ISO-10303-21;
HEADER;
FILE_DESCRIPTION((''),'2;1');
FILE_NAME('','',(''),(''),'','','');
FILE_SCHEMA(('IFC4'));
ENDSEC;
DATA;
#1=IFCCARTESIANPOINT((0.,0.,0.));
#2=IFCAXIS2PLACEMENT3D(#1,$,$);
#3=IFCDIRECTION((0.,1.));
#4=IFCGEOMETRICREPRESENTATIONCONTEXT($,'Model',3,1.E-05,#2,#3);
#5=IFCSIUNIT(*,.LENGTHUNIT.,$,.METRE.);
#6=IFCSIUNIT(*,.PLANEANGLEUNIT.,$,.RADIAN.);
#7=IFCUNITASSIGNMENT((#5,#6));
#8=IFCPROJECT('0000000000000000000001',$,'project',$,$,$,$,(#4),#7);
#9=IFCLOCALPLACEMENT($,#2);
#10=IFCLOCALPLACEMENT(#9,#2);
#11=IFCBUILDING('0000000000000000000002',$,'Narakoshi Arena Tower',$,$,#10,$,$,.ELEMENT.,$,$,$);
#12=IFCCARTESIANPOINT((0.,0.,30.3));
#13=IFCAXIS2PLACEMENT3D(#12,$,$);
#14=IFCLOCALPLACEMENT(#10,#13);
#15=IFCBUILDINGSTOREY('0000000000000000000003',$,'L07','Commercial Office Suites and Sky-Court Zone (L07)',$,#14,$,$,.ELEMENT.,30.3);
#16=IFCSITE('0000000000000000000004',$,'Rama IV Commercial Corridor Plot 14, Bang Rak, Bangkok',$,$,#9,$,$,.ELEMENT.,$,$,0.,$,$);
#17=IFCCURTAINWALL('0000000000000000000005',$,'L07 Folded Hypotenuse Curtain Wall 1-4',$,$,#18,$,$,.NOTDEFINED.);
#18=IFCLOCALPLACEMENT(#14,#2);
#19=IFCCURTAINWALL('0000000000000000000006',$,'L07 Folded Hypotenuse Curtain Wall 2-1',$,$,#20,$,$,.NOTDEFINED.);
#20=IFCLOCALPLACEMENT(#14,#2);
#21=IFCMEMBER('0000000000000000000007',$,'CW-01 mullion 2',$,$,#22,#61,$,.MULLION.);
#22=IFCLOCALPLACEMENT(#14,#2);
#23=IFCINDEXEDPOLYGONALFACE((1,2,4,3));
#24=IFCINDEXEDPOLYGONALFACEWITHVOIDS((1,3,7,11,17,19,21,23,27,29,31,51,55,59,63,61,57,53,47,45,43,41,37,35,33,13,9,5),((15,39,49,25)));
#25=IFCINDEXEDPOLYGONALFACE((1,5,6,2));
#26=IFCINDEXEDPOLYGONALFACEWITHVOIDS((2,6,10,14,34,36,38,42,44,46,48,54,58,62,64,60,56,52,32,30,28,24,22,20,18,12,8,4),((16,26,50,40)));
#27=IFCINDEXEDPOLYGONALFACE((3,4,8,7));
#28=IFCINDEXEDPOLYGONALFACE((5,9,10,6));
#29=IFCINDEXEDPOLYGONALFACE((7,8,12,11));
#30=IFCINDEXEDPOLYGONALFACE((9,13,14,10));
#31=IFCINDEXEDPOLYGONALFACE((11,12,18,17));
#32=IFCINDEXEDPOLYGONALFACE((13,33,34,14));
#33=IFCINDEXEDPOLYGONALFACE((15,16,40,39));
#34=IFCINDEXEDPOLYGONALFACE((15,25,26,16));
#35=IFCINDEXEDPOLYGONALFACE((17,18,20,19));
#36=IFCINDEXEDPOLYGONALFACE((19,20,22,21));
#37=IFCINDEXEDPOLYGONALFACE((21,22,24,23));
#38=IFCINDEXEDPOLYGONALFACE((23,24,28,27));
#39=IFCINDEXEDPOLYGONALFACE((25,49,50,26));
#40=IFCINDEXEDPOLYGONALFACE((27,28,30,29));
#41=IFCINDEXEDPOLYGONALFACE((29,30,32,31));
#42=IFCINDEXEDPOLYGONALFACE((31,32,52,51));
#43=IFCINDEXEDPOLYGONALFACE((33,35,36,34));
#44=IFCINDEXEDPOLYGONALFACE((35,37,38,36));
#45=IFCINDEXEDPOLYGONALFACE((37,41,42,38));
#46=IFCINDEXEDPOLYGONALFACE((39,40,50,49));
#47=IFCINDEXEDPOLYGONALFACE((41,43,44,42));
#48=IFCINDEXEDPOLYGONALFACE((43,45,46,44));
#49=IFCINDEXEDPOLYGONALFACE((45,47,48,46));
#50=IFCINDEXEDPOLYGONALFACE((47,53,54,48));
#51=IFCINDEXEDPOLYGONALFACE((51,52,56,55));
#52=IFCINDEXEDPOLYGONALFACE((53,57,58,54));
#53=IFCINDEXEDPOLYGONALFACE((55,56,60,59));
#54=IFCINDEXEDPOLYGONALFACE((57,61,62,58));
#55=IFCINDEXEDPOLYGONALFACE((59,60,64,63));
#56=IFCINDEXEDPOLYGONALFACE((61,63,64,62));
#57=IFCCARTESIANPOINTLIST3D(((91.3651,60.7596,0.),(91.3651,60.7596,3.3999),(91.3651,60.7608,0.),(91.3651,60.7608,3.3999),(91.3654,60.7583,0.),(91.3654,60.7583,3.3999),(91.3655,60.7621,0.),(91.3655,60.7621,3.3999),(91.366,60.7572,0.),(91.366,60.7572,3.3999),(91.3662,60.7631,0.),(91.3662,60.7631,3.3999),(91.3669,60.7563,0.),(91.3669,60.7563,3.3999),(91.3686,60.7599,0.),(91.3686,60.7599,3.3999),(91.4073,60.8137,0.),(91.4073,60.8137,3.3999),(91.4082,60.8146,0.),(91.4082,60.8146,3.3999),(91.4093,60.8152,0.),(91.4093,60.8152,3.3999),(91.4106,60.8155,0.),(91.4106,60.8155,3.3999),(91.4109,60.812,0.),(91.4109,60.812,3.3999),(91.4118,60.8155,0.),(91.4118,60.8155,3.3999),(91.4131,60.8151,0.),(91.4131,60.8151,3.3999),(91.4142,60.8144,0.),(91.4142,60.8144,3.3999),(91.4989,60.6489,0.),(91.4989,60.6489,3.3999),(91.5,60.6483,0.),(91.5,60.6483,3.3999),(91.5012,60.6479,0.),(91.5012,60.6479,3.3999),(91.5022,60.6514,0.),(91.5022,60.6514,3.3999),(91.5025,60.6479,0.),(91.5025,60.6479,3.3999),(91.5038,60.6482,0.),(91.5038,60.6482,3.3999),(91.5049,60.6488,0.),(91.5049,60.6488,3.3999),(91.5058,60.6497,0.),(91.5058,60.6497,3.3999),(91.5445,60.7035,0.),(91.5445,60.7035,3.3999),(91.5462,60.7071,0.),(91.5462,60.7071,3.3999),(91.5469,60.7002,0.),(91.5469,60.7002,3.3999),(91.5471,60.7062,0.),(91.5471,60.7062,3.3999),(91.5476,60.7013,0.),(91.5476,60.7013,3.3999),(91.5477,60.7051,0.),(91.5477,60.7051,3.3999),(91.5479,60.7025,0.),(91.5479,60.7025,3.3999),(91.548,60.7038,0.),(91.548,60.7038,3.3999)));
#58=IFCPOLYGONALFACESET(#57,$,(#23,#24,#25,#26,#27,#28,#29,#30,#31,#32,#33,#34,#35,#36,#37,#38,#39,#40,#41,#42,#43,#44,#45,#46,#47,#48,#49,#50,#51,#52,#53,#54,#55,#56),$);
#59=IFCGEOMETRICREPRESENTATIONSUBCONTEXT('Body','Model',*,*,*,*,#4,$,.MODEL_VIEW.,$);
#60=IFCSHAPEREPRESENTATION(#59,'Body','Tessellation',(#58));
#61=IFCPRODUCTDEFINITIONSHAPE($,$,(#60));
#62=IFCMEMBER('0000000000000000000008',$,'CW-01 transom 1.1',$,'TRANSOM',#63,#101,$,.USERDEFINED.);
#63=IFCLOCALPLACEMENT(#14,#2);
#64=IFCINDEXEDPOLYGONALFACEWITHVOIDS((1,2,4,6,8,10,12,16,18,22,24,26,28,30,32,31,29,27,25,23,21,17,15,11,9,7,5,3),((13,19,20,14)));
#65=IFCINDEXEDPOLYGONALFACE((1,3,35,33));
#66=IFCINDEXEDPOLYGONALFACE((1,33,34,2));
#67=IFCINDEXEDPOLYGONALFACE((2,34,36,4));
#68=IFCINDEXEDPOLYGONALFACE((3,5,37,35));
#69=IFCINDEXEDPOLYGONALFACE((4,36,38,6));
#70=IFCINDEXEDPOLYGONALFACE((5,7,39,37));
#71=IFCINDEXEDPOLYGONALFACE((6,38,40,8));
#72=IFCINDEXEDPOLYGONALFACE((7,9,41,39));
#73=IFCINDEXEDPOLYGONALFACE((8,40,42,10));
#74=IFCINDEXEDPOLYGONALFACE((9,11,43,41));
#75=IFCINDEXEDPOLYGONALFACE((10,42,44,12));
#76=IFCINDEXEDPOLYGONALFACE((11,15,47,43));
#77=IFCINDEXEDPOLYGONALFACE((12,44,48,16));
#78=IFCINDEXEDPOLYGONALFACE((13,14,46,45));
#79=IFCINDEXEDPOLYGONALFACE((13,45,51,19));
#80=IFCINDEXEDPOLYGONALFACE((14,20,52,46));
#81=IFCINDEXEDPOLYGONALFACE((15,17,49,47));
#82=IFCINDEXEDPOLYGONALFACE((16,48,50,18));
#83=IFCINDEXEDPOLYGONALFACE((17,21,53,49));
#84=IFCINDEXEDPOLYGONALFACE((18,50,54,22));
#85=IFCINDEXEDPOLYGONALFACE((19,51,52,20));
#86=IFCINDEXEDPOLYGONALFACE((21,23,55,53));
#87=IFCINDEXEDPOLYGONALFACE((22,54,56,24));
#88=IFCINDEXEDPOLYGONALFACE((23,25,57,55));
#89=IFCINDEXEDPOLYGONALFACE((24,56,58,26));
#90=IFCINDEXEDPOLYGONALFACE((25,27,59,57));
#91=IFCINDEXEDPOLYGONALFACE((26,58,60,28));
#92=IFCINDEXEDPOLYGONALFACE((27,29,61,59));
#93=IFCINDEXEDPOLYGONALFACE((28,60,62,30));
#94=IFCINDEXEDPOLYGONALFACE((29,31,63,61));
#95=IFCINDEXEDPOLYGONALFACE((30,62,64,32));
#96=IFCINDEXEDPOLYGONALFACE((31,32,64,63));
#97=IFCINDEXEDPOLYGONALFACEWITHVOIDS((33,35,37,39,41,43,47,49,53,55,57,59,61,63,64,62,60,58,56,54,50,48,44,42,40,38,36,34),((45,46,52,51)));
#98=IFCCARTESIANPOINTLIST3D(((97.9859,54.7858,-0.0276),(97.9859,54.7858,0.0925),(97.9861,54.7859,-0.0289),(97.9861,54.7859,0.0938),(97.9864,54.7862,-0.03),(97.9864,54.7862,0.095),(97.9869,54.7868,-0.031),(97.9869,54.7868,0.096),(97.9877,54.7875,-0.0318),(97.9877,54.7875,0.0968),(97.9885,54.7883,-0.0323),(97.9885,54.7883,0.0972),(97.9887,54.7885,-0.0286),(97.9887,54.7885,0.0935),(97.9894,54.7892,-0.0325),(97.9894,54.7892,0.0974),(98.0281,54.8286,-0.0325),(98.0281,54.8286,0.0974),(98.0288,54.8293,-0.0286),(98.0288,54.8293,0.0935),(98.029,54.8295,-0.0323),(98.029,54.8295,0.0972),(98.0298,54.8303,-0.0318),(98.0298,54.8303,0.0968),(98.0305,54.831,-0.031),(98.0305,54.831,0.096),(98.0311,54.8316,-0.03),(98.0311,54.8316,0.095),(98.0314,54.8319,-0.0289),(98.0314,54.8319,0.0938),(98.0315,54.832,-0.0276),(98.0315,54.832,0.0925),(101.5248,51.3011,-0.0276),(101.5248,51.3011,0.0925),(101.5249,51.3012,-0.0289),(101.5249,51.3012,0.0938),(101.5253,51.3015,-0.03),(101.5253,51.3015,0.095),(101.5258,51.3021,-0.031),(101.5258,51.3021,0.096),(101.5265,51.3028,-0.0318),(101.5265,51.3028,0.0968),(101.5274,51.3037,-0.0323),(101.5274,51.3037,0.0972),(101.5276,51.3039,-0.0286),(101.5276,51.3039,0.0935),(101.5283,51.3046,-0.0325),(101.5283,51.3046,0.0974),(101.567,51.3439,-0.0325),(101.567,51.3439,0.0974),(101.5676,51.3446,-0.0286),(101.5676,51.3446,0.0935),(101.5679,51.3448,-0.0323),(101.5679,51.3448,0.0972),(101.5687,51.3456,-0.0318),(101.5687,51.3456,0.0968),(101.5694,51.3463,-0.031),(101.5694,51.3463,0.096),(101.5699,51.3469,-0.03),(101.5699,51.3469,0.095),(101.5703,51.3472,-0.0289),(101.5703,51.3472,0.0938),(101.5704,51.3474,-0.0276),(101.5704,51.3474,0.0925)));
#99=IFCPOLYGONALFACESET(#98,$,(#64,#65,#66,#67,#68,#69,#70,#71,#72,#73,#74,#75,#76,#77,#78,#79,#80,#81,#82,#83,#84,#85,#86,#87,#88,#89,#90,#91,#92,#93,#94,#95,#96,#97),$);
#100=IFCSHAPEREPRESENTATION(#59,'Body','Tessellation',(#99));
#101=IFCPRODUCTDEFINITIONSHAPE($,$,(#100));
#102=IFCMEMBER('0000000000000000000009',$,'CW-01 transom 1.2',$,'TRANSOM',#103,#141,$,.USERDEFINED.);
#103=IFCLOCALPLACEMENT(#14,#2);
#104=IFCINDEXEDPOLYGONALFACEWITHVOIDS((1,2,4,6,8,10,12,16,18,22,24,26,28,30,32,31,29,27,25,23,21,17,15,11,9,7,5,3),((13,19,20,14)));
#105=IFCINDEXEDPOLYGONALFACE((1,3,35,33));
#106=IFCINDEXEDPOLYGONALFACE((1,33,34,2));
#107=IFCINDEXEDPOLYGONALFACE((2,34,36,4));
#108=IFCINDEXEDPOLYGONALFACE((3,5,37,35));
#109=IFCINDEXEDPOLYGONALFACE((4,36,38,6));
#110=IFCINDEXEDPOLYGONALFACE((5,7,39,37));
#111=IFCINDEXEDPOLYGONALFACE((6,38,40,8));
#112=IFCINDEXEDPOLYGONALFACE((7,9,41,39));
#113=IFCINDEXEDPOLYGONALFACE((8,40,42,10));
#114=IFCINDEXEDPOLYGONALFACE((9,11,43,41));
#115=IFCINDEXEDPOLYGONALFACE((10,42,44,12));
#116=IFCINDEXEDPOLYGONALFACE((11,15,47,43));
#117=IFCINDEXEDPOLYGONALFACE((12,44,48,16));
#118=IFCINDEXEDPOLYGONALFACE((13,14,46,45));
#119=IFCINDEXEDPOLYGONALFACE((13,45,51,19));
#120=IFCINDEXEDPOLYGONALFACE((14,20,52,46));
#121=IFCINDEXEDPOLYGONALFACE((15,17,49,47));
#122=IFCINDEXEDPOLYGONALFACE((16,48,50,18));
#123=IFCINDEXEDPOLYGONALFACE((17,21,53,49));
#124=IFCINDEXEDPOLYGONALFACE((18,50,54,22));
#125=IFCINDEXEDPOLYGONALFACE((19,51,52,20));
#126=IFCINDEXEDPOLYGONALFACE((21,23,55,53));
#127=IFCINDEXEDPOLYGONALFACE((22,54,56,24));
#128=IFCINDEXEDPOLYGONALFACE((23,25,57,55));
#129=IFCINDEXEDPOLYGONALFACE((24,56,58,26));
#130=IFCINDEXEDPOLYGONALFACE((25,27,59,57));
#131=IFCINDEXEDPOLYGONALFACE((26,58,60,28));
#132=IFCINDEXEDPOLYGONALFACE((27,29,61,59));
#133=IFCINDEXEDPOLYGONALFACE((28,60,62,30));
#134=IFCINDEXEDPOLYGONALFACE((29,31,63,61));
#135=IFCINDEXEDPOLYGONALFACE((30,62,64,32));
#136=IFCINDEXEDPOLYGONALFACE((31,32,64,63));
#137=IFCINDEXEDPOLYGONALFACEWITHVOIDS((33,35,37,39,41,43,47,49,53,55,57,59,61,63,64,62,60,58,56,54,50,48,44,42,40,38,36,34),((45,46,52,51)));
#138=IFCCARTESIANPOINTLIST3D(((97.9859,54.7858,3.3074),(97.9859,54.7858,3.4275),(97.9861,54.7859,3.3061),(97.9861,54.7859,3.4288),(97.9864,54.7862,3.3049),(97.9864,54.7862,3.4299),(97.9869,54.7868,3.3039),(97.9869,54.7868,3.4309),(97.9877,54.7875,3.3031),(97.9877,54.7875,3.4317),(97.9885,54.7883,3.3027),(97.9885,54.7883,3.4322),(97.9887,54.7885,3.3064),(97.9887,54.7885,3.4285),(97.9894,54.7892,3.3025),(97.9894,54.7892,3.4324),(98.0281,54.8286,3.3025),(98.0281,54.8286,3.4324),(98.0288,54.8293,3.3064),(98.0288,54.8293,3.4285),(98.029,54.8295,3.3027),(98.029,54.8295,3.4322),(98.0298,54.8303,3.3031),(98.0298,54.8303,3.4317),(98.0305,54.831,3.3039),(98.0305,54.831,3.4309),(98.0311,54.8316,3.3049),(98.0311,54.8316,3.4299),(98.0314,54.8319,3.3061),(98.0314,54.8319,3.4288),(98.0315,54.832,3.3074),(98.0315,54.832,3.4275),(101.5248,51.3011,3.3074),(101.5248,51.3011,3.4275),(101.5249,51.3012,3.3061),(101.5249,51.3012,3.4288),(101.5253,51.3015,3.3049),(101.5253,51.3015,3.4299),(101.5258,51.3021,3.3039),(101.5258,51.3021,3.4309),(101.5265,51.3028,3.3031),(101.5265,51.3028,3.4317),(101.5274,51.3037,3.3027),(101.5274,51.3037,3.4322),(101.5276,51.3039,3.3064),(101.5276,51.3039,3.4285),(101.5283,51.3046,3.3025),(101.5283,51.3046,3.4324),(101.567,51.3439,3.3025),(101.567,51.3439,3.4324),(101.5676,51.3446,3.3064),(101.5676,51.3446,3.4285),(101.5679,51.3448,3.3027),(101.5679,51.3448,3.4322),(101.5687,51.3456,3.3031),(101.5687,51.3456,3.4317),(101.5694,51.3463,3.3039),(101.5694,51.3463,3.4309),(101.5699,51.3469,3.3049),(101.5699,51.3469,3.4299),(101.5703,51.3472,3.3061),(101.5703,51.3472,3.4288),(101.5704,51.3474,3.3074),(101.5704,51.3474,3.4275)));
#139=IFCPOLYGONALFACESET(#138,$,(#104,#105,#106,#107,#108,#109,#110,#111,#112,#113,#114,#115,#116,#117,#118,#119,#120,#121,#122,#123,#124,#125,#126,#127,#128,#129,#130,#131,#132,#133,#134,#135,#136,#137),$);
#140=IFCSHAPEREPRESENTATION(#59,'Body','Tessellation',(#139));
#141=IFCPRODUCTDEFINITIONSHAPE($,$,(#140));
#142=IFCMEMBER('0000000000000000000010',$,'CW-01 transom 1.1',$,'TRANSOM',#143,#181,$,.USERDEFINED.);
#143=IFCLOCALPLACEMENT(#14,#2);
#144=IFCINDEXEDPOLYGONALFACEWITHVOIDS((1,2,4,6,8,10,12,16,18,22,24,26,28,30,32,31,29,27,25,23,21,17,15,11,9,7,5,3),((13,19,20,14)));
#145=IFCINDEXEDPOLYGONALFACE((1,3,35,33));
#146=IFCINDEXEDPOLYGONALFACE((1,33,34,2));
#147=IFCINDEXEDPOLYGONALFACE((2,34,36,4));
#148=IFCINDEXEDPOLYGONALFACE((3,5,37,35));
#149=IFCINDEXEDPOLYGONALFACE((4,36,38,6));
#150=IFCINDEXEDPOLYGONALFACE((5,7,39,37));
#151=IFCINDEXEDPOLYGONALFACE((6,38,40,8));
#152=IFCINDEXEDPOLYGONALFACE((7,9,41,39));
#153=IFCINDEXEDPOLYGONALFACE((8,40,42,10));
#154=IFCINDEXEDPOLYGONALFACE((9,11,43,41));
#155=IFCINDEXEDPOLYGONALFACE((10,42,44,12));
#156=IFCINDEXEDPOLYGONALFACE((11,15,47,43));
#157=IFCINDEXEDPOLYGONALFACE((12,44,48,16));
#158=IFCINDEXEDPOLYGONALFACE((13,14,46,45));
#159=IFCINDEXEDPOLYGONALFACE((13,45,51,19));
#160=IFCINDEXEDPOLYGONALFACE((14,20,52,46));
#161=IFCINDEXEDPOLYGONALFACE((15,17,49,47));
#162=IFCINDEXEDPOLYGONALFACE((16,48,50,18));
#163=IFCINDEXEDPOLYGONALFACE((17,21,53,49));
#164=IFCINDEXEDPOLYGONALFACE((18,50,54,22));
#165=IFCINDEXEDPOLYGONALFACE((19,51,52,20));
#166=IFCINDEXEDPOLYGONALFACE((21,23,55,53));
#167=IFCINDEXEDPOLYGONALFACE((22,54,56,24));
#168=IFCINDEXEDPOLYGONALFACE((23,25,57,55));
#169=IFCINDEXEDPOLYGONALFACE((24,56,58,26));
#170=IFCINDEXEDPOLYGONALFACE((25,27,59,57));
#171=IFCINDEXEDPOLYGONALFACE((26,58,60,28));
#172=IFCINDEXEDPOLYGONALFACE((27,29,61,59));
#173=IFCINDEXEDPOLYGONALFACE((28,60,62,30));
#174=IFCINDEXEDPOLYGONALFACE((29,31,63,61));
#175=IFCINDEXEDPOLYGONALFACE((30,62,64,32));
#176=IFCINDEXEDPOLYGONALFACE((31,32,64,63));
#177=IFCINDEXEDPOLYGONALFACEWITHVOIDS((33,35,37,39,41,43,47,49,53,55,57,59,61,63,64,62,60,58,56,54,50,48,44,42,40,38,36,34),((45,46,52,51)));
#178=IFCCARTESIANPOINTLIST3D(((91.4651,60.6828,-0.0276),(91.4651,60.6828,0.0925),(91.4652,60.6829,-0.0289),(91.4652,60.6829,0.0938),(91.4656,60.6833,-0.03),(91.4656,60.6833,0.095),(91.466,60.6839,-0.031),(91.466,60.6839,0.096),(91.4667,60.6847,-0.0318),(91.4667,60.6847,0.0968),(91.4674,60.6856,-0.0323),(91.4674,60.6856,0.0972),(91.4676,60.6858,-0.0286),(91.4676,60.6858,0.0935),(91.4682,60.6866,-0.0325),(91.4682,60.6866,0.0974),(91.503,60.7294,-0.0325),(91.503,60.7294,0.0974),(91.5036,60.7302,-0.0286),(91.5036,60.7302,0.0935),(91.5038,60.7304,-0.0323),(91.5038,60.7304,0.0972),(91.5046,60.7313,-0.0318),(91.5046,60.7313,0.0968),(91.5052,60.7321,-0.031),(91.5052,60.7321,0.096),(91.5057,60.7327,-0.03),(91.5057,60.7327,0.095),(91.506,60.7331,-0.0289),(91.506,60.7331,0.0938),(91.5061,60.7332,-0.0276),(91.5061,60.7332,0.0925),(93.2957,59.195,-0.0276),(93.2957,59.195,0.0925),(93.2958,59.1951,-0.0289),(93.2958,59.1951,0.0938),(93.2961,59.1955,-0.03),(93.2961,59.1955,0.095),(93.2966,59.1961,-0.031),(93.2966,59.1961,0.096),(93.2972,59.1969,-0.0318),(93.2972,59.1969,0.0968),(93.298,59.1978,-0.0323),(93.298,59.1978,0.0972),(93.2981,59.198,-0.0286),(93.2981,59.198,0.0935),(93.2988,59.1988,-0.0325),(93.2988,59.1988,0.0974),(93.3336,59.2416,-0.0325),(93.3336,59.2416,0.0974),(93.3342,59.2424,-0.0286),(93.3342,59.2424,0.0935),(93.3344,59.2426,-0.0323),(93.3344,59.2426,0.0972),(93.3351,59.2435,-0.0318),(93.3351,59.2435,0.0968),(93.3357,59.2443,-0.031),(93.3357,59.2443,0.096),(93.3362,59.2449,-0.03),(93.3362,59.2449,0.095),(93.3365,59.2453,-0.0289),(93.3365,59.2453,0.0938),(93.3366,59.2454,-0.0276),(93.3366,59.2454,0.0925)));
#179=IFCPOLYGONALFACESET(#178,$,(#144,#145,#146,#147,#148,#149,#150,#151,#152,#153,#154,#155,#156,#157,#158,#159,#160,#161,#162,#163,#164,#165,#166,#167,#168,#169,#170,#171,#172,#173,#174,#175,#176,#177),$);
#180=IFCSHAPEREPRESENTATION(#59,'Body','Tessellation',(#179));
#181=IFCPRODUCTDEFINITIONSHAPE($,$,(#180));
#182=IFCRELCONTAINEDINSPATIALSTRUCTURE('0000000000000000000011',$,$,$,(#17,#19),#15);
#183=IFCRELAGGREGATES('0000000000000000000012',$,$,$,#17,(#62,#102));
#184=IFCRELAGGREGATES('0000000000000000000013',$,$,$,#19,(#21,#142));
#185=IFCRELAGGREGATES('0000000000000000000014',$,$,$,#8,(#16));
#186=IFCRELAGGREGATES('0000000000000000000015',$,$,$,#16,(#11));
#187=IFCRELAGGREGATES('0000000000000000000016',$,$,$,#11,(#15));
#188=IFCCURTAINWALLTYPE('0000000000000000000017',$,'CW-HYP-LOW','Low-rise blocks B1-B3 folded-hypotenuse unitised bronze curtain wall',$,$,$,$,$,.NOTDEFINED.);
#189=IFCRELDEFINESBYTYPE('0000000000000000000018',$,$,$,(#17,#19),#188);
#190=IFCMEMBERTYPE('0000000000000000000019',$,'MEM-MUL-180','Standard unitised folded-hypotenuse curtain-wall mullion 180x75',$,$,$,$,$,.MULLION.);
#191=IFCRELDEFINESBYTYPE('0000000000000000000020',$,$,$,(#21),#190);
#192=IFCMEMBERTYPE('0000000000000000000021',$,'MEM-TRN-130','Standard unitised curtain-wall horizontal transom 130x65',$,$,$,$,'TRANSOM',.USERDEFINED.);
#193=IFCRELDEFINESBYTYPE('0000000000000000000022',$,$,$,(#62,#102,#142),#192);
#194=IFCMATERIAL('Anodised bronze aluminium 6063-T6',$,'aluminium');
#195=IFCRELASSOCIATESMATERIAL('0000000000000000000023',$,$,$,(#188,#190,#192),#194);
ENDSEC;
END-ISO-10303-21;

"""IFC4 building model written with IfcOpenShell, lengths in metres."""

from ifc_helpers import new_model, si_unit, direction, frame, origin, origin_2d, place, context, subcontext, project, spatial, hollow_rectangle, extrude, material, material_profile, profile_set, type_object, element, aggregate, save


model = new_model("IFC4")

# Units and contexts
model_context = context("Model", 3, precision=1e-05, world=origin(), true_north=direction((0.0, 1.0)))
body_context = subcontext(model_context, "Body", "Model", "MODEL_VIEW")
ifc_project = project(units=[si_unit("LENGTHUNIT", "METRE"), si_unit("PLANEANGLEUNIT", "RADIAN")], contexts=[model_context])

# Site, building, storey
site_placement = place(None, origin())
site = spatial("IfcSite", under=ifc_project, at=site_placement, Name="Rama IV Commercial Corridor Plot 14, Bang Rak, Bangkok", CompositionType="ELEMENT", RefElevation=0.0)
building_placement = place(site_placement, origin())
building = spatial("IfcBuilding", under=site, at=building_placement, Name="Narakoshi Arena Tower", CompositionType="ELEMENT")
storey_placement = place(building_placement, frame((0.0, 0.0, 30.3)))
storey = spatial("IfcBuildingStorey", under=building, at=storey_placement, Name="L07", Description="Commercial Office Suites and Sky-Court Zone (L07)", CompositionType="ELEMENT", Elevation=30.3)

# Shared definitions
ifc_material_1 = material(Name="Anodised bronze aluminium 6063-T6", Category="aluminium")
curtain_wall_type = type_object("IfcCurtainWallType", Name="CW-HYP-LOW", Description="Low-rise blocks B1-B3 folded-hypotenuse unitised bronze curtain wall", PredefinedType="NOTDEFINED", material=ifc_material_1)
ifc_material_profile_1 = material_profile(ifc_material_1, hollow_rectangle(XDim=0.075, YDim=0.1799, WallThickness=0.0039, OuterFilletRadius=0.0049, at=origin_2d()), Name="MUL180x75x4")
ifc_profile_set_1 = profile_set([ifc_material_profile_1], Name="Anodised bronze aluminium 6063-T6")
member_type_1 = type_object("IfcMemberType", Name="MEM-MUL-180", Description="Standard unitised folded-hypotenuse curtain-wall mullion 180x75", PredefinedType="MULLION", material=ifc_profile_set_1)

# Curtain walls, member
curtain_wall_1_placement = place(storey_placement, origin())
curtain_wall_1 = element("IfcCurtainWall", 1, at=curtain_wall_1_placement, inside=storey, type_object=curtain_wall_type, Name="L07 Folded Hypotenuse Curtain Wall 1-4", PredefinedType="NOTDEFINED")
curtain_wall_2_placement = place(storey_placement, origin())
curtain_wall_2 = element("IfcCurtainWall", 2, at=curtain_wall_2_placement, inside=storey, type_object=curtain_wall_type, Name="L07 Folded Hypotenuse Curtain Wall 2-1", PredefinedType="NOTDEFINED")
member_1_placement = place(storey_placement, frame((91.4565, 60.7317, 0.0), z_axis=(0.0, 0.0, 1.0), x_axis=(-0.630723, -0.776008, 0.0)))
member_1 = element("IfcMember", 3, at=member_1_placement, type_object=member_type_1, Name="CW-01 mullion 2", PredefinedType="MULLION", context=body_context, shape_type="SweptSolid", body=[
    extrude(hollow_rectangle(XDim=0.075, YDim=0.1799, WallThickness=0.0039, OuterFilletRadius=0.0049, at=origin_2d()), origin(), (0.0, 0.0, 1.0), 3.3999),
])

# Members
ifc_material_profile_2 = material_profile(ifc_material_1, hollow_rectangle(XDim=0.0649, YDim=0.1299, WallThickness=0.0039, OuterFilletRadius=0.0049, at=origin_2d()), Name="TRN130x65x4")
ifc_profile_set_2 = profile_set([ifc_material_profile_2], Name="Anodised bronze aluminium 6063-T6")
member_type_2 = type_object("IfcMemberType", Name="MEM-TRN-130", Description="Standard unitised curtain-wall horizontal transom 130x65", ElementType="TRANSOM", PredefinedType="USERDEFINED", material=ifc_profile_set_2)
member_2_placement = place(storey_placement, frame((101.5476, 51.3242, 0.0325), z_axis=(-0.712542, 0.701629, 0.0), x_axis=(-0.701629, -0.712542, 0.0)))
member_2 = element("IfcMember", 4, at=member_2_placement, type_object=member_type_2, Name="CW-01 transom 1.1", ObjectType="TRANSOM", PredefinedType="USERDEFINED", context=body_context, shape_type="SweptSolid", body=[
    extrude(hollow_rectangle(XDim=0.0649, YDim=0.1299, WallThickness=0.0039, OuterFilletRadius=0.0049, at=origin_2d()), origin(), (0.0, 0.0, 1.0), 4.9666),
])
member_3_placement = place(storey_placement, frame((101.5476, 51.3242, 3.3674), z_axis=(-0.712542, 0.701629, 0.0), x_axis=(-0.701629, -0.712542, 0.0)))
member_3 = element("IfcMember", 5, at=member_3_placement, type_object=member_type_2, Name="CW-01 transom 1.2", ObjectType="TRANSOM", PredefinedType="USERDEFINED", context=body_context, shape_type="SweptSolid", body=[
    extrude(hollow_rectangle(XDim=0.0649, YDim=0.1299, WallThickness=0.0039, OuterFilletRadius=0.0049, at=origin_2d()), origin(), (0.0, 0.0, 1.0), 4.9666),
])
member_4_placement = place(storey_placement, frame((93.3162, 59.2202, 0.0325), z_axis=(-0.776019, 0.63071, 0.0), x_axis=(-0.63071, -0.776019, 0.0)))
member_4 = element("IfcMember", 6, at=member_4_placement, type_object=member_type_2, Name="CW-01 transom 1.1", ObjectType="TRANSOM", PredefinedType="USERDEFINED", context=body_context, shape_type="SweptSolid", body=[
    extrude(hollow_rectangle(XDim=0.0649, YDim=0.1299, WallThickness=0.0039, OuterFilletRadius=0.0049, at=origin_2d()), origin(), (0.0, 0.0, 1.0), 2.3589),
])

aggregate(curtain_wall_1, [member_2, member_3])
aggregate(curtain_wall_2, [member_1, member_4])

save(model, "model.ifc")
